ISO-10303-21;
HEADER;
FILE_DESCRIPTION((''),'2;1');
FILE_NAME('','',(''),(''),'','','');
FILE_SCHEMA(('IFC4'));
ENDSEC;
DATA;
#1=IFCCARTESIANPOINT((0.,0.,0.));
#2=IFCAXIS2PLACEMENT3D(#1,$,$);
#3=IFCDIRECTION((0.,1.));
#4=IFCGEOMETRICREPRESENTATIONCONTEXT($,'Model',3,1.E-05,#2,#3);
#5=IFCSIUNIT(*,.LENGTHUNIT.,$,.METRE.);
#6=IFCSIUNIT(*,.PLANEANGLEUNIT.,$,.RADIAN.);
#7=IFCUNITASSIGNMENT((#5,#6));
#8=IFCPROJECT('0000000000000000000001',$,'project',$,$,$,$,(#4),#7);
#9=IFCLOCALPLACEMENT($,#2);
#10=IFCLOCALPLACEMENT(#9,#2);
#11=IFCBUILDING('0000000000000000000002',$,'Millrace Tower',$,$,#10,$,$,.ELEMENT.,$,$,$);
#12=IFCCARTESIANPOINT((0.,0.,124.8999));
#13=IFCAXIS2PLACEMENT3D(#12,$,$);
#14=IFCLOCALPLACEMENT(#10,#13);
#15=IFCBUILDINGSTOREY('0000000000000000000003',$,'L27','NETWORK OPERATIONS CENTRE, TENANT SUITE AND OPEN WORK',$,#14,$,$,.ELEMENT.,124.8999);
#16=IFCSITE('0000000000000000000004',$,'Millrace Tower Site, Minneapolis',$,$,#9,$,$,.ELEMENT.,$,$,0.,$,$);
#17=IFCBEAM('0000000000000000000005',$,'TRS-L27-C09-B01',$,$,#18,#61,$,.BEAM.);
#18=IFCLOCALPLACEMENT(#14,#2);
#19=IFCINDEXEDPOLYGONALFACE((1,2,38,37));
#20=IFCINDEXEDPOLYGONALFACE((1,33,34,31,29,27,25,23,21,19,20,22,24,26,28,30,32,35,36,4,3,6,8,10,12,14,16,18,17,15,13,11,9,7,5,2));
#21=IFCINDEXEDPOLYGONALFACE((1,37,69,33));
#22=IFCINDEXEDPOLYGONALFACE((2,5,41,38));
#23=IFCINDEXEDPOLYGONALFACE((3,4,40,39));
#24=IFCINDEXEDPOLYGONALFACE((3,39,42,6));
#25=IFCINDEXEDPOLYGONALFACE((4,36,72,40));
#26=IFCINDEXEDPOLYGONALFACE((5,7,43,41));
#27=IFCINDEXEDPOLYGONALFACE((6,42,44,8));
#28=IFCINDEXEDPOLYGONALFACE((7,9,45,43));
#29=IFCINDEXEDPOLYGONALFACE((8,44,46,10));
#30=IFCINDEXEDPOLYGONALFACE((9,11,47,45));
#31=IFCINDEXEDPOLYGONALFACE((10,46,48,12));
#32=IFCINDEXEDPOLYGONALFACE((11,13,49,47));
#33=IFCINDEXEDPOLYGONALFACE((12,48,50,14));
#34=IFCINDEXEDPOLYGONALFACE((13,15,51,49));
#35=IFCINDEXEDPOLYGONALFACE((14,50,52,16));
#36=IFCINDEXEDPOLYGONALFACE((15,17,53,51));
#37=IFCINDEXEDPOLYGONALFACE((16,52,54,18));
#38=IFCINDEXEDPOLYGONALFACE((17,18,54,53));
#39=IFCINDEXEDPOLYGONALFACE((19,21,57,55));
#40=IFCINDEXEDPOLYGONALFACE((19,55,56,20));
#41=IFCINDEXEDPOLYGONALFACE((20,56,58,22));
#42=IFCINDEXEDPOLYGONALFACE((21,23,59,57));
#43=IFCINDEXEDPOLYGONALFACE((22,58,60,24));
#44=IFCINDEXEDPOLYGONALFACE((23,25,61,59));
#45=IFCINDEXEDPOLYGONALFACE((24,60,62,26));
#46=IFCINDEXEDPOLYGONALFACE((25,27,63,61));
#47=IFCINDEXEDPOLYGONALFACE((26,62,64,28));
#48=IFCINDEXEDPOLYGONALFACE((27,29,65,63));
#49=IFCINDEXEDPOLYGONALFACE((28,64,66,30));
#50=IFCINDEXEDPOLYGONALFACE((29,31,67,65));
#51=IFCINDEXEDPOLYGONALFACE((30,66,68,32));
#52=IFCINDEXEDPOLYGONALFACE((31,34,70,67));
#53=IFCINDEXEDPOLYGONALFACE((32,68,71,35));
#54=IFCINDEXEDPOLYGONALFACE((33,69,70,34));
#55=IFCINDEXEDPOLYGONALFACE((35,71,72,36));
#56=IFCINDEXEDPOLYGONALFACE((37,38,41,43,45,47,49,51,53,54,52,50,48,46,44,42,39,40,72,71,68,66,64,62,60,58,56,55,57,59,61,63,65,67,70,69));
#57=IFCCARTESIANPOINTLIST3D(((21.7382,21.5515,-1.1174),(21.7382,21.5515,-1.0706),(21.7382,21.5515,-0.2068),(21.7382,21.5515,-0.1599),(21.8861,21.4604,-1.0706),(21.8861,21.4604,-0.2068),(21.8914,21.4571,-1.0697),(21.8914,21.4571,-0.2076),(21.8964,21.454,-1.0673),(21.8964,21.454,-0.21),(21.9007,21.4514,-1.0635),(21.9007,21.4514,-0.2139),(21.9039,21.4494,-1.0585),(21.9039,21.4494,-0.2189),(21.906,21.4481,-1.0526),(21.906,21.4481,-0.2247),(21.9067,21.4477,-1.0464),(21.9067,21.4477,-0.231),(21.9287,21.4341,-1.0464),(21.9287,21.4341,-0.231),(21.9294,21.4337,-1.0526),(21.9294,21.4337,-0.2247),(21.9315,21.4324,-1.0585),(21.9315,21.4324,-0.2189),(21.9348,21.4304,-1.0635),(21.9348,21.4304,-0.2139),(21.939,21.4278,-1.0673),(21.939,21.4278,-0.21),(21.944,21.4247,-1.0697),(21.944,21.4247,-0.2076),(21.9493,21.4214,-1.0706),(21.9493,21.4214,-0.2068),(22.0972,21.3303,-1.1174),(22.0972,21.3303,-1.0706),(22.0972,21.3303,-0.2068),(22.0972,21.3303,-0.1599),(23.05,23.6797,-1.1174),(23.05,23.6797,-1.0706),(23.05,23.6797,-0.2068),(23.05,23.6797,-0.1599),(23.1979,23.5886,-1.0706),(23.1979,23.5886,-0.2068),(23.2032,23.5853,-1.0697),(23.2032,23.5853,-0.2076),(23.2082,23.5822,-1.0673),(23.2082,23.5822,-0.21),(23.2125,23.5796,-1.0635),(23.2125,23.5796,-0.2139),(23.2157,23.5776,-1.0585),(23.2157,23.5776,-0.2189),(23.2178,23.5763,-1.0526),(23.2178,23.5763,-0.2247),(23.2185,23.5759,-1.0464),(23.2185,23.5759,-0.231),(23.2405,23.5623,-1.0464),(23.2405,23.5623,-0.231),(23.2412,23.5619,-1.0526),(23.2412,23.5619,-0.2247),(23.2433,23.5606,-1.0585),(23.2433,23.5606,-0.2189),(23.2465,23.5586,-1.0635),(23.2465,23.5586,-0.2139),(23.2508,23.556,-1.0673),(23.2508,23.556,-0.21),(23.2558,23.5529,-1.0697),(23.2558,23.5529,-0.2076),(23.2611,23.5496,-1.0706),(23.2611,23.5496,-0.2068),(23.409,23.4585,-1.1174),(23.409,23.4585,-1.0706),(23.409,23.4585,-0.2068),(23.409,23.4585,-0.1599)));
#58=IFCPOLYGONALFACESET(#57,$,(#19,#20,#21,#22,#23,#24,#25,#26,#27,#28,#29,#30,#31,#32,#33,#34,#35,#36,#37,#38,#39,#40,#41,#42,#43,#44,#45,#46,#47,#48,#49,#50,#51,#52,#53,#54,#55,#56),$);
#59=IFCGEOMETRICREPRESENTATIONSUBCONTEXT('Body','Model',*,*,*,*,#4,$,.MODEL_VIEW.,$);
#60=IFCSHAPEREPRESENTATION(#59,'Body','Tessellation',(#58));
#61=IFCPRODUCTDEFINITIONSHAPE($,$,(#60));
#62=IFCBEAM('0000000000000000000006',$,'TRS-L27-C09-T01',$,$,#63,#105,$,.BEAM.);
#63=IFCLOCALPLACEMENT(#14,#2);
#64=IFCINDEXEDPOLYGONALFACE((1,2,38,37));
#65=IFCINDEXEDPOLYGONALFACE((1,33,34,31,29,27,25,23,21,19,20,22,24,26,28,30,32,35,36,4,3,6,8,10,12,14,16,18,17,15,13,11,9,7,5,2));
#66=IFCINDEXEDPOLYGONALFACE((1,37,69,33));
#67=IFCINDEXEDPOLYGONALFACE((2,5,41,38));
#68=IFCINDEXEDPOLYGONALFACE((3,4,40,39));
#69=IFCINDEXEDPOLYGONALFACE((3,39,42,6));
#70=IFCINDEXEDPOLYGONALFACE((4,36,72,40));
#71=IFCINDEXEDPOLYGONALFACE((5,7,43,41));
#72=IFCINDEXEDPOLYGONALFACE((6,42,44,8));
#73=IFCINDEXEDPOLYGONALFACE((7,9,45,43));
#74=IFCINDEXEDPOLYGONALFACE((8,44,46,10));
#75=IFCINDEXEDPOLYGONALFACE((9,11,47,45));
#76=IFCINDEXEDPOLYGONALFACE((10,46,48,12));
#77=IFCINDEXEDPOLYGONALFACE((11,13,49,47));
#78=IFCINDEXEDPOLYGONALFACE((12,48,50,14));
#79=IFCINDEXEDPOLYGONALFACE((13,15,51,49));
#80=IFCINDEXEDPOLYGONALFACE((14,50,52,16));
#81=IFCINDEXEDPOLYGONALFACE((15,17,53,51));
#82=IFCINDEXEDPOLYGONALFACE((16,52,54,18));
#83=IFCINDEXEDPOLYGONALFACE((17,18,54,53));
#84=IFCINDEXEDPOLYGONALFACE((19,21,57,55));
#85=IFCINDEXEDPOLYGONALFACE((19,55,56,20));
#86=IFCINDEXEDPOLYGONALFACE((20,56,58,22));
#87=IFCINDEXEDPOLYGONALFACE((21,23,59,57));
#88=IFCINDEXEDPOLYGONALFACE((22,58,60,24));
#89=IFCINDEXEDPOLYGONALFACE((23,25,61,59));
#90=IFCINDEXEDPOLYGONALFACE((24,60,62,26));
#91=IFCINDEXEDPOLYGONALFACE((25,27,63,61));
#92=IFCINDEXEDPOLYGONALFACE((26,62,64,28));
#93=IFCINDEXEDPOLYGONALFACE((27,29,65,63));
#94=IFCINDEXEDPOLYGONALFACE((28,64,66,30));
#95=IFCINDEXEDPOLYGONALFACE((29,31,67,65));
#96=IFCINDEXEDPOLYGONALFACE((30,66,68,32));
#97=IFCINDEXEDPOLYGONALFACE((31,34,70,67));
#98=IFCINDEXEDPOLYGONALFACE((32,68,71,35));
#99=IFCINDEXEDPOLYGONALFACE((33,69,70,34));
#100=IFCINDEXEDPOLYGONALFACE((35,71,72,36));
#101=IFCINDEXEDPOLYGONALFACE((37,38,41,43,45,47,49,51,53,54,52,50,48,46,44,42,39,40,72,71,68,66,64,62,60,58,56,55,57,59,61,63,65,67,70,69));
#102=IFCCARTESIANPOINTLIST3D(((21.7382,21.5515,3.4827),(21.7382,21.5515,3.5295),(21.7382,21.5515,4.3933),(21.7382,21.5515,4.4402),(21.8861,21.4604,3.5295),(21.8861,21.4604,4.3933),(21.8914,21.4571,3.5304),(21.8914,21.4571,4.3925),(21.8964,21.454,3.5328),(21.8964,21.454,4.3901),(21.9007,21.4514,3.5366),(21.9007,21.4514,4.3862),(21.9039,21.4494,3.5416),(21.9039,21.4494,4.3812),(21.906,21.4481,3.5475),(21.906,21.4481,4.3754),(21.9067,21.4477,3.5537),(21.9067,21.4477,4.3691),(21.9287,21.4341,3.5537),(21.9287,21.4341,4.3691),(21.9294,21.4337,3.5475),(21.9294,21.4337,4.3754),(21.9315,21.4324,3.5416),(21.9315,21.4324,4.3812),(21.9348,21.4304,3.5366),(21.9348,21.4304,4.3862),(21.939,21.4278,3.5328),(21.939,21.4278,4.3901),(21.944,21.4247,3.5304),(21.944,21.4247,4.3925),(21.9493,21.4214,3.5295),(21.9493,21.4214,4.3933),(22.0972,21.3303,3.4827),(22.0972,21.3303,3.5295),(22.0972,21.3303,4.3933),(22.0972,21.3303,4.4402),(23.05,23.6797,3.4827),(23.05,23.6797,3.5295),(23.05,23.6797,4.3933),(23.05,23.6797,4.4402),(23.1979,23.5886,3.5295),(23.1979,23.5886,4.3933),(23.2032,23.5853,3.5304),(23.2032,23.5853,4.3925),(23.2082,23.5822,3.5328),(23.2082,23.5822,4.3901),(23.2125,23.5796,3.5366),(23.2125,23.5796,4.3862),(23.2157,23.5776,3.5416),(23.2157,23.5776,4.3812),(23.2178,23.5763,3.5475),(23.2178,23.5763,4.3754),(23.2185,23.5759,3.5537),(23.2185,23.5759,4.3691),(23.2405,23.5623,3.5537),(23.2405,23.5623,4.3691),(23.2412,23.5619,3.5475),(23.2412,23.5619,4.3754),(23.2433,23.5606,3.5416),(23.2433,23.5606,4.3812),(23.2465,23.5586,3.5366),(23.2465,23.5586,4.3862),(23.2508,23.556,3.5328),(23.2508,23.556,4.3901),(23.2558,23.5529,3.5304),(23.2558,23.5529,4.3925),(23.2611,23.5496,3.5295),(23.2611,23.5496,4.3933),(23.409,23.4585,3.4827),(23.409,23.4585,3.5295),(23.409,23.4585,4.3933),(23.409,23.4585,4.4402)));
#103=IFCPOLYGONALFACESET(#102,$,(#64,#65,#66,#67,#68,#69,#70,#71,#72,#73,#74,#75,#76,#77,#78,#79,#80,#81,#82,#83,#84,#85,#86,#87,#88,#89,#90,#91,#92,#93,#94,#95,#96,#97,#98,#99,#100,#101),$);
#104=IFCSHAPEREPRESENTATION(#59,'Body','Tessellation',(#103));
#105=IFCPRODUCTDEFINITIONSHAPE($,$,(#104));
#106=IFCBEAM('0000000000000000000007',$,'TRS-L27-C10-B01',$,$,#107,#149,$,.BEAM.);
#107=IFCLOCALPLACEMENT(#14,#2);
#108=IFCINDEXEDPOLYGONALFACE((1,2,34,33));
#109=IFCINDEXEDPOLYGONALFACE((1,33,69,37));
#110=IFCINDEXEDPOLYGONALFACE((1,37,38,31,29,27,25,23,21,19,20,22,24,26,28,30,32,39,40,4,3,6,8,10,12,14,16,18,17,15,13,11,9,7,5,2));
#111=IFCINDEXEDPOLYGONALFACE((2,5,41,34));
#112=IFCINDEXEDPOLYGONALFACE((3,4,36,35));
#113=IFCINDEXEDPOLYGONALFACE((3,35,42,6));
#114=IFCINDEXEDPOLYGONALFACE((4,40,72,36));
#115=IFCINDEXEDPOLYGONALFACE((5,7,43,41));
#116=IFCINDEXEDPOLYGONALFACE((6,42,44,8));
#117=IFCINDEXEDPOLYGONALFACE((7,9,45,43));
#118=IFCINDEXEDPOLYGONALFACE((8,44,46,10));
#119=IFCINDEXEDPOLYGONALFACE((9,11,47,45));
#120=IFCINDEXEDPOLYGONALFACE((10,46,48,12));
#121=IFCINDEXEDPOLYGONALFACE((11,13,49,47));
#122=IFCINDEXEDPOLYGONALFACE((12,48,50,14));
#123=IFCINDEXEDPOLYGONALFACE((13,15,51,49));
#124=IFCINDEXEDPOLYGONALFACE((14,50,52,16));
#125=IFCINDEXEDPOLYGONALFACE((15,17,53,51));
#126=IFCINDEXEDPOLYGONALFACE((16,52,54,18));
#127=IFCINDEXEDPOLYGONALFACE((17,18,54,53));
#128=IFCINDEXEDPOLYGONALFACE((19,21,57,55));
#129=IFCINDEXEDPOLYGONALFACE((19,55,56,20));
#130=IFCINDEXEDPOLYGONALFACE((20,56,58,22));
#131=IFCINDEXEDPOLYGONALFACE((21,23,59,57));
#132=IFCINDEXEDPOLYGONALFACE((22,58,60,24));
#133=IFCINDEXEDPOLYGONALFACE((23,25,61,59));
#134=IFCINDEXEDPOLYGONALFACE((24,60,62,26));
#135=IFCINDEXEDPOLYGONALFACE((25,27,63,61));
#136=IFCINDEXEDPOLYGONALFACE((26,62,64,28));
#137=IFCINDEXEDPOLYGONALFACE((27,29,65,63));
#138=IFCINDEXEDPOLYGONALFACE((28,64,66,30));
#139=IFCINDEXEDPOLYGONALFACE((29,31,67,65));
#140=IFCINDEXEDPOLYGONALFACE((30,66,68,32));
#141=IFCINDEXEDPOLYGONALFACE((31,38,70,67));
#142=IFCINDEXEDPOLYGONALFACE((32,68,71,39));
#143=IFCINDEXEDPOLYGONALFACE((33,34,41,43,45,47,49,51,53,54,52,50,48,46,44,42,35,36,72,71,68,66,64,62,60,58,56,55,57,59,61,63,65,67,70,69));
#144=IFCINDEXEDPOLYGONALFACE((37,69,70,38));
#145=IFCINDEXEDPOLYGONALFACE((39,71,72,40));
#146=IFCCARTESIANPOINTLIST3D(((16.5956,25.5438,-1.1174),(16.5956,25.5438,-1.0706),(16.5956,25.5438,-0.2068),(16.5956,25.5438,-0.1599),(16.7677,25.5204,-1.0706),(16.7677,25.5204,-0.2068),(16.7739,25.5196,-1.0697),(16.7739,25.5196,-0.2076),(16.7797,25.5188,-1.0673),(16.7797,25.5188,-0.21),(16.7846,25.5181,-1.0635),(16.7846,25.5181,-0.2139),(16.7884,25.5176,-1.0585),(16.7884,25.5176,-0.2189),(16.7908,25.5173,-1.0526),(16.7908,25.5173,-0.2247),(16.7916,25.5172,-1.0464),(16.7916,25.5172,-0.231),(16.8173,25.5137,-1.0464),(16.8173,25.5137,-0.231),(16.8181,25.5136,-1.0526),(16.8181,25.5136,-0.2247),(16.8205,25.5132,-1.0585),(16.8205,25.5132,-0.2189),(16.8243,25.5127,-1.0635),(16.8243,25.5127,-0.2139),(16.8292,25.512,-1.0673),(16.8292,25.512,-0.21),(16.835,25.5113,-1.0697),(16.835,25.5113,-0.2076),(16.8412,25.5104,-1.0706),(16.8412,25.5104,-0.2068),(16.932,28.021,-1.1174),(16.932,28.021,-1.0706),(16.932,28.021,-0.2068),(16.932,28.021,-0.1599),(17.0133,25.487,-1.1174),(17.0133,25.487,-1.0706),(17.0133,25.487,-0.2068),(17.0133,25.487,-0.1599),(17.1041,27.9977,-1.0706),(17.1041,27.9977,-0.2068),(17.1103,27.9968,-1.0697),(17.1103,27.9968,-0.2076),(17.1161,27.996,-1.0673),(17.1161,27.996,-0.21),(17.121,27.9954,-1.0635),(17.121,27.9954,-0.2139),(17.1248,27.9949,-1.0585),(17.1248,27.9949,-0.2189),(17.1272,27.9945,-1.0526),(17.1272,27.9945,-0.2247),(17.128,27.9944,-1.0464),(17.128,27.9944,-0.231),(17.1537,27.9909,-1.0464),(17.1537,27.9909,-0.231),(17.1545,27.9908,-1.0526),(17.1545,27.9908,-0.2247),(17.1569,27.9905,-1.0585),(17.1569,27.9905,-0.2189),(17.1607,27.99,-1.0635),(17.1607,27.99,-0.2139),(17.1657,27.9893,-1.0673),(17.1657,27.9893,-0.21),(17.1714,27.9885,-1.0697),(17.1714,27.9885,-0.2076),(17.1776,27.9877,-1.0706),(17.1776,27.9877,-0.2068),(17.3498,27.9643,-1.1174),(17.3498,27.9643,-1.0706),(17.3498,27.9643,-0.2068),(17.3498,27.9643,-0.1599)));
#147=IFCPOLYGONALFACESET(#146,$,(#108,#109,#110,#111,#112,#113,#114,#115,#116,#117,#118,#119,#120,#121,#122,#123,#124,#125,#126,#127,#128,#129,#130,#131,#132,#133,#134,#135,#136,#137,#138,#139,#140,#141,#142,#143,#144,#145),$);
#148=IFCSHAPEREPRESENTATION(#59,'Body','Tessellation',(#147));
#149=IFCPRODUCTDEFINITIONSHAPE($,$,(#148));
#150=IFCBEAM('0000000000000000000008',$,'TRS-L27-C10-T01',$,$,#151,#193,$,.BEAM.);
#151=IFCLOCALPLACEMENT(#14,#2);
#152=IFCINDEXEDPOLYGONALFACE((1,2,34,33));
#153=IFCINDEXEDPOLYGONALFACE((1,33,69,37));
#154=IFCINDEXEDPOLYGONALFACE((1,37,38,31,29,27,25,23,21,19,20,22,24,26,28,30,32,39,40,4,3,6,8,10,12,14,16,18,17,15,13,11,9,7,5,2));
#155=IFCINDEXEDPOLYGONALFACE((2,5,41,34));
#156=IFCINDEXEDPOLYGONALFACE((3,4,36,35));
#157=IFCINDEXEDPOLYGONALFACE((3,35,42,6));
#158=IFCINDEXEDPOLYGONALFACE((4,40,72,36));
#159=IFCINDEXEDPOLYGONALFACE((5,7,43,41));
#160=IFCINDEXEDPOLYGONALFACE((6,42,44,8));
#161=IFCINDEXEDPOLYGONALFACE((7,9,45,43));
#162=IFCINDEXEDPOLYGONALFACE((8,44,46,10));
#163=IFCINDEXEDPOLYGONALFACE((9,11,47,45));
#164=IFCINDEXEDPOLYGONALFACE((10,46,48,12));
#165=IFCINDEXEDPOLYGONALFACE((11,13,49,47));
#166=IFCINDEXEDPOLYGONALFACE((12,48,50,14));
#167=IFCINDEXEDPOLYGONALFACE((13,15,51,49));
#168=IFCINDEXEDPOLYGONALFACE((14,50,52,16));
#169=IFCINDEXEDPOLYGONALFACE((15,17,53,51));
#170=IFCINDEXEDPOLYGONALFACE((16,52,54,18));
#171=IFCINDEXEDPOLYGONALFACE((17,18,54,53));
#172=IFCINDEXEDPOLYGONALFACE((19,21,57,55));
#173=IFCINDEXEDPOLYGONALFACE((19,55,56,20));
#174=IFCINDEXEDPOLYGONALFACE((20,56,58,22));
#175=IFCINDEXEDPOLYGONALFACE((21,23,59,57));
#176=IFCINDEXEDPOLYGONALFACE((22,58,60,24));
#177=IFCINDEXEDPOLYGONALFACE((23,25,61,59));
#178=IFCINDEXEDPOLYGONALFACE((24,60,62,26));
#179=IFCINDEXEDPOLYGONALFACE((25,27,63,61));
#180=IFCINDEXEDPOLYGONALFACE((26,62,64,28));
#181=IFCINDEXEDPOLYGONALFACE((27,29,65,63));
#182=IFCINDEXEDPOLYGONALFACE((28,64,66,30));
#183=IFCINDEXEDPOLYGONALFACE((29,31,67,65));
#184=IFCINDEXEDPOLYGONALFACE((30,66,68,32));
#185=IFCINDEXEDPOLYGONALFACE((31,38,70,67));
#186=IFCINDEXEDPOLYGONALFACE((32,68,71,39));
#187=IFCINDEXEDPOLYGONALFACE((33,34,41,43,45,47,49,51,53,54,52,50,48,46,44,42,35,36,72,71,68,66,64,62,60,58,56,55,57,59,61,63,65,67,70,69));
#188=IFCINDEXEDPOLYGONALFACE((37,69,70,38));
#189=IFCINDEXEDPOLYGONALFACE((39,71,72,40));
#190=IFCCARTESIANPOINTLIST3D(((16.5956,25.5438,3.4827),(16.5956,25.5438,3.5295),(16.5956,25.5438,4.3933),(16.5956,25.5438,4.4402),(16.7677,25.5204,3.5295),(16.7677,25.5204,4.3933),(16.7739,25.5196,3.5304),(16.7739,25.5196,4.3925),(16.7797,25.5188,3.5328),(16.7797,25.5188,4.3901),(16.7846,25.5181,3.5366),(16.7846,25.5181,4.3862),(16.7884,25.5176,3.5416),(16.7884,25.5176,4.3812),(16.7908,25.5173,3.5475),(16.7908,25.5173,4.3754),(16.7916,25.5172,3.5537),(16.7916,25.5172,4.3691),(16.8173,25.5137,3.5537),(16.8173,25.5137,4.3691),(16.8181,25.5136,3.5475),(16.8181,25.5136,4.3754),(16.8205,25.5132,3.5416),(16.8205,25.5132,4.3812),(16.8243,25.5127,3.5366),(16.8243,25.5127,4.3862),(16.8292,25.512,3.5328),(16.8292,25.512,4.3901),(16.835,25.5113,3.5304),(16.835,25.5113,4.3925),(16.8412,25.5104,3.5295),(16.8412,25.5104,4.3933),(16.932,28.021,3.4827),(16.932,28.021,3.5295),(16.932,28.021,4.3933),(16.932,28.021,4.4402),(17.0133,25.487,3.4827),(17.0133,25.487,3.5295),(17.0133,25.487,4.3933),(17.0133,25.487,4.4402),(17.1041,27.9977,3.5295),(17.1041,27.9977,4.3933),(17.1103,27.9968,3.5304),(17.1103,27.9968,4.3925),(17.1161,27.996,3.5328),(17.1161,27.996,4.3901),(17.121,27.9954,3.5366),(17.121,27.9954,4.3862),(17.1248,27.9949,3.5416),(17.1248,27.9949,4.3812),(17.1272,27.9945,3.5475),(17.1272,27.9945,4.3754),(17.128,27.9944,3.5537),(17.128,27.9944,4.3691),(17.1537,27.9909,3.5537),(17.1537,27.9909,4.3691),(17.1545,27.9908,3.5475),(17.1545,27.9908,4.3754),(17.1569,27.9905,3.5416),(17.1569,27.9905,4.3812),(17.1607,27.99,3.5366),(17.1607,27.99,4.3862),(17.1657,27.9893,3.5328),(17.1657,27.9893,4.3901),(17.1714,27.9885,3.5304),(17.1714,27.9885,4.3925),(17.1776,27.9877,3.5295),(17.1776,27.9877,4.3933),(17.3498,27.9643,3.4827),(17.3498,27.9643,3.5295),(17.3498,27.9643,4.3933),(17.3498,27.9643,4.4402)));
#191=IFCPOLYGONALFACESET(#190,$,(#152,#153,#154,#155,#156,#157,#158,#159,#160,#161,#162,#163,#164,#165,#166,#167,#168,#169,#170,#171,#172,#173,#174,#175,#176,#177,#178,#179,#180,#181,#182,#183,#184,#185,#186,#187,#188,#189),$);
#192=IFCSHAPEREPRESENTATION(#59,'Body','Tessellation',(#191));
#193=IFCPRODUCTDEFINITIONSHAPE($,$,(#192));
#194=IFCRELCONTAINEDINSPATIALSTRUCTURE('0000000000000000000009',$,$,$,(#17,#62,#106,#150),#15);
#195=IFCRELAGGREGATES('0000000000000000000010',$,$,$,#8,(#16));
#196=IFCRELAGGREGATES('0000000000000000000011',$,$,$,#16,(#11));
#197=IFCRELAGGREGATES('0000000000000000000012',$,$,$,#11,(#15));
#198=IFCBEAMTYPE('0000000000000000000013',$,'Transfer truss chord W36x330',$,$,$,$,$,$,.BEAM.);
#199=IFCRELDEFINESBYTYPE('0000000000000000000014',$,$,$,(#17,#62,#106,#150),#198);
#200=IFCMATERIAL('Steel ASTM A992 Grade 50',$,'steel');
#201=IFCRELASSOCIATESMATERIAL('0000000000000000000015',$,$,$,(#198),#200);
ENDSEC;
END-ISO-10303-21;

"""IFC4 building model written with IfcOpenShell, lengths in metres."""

from ifc_helpers import new_model, si_unit, direction, frame, origin, origin_2d, place, context, subcontext, project, spatial, i_section, extrude, material, material_profile, profile_set, type_object, element, save


model = new_model("IFC4")

# Units and contexts
model_context = context("Model", 3, precision=1e-05, world=origin(), true_north=direction((0.0, 1.0)))
body_context = subcontext(model_context, "Body", "Model", "MODEL_VIEW")
ifc_project = project(units=[si_unit("LENGTHUNIT", "METRE"), si_unit("PLANEANGLEUNIT", "RADIAN")], contexts=[model_context])

# Site, building, storey
site_placement = place(None, origin())
site = spatial("IfcSite", under=ifc_project, at=site_placement, Name="Millrace Tower Site, Minneapolis", CompositionType="ELEMENT", RefElevation=0.0)
building_placement = place(site_placement, origin())
building = spatial("IfcBuilding", under=site, at=building_placement, Name="Millrace Tower", CompositionType="ELEMENT")
storey_placement = place(building_placement, frame((0.0, 0.0, 124.8999)))
storey = spatial("IfcBuildingStorey", under=building, at=storey_placement, Name="L27", Description="NETWORK OPERATIONS CENTRE, TENANT SUITE AND OPEN WORK", CompositionType="ELEMENT", Elevation=124.8999)

# Beams
ifc_material_1 = material(Name="Steel ASTM A992 Grade 50", Category="steel")
ifc_material_profile_1 = material_profile(ifc_material_1, i_section(OverallWidth=0.4216, OverallDepth=0.9575, WebThickness=0.0259, FlangeThickness=0.0469, FilletRadius=0.0242, at=origin_2d()))
ifc_profile_set_1 = profile_set([ifc_material_profile_1], Name="Steel ASTM A992 Grade 50")
beam_type_1 = type_object("IfcBeamType", Name="Transfer truss chord W36x330", PredefinedType="BEAM", material=ifc_profile_set_1)
for number, where, z_axis, x_axis, name in (
    (1, (23.2295, 23.5691, -0.6387), (-0.524713, -0.851279, 0.0), (0.851279, -0.524713, 0.0), "TRS-L27-C09-B01"),
    (2, (23.2295, 23.5691, 3.9614), (-0.524713, -0.851279, 0.0), (0.851279, -0.524713, 0.0), "TRS-L27-C09-T01"),
    (3, (17.1409, 27.9927, -0.6387), (-0.134568, -0.990904, 0.0), (0.990904, -0.134568, 0.0), "TRS-L27-C10-B01"),
    (4, (17.1409, 27.9927, 3.9614), (-0.134568, -0.990904, 0.0), (0.990904, -0.134568, 0.0), "TRS-L27-C10-T01"),
):
    element("IfcBeam", number, at=place(storey_placement, frame(where, z_axis=z_axis, x_axis=x_axis)), inside=storey, type_object=beam_type_1, Name=name, PredefinedType="BEAM", context=body_context, shape_type="SweptSolid", body=[
        extrude(i_section(OverallWidth=0.4216, OverallDepth=0.9575, WebThickness=0.0259, FlangeThickness=0.0469, FilletRadius=0.0242, at=origin_2d()), origin(), (0.0, 0.0, 1.0), 2.5),
    ])

save(model, "model.ifc")
